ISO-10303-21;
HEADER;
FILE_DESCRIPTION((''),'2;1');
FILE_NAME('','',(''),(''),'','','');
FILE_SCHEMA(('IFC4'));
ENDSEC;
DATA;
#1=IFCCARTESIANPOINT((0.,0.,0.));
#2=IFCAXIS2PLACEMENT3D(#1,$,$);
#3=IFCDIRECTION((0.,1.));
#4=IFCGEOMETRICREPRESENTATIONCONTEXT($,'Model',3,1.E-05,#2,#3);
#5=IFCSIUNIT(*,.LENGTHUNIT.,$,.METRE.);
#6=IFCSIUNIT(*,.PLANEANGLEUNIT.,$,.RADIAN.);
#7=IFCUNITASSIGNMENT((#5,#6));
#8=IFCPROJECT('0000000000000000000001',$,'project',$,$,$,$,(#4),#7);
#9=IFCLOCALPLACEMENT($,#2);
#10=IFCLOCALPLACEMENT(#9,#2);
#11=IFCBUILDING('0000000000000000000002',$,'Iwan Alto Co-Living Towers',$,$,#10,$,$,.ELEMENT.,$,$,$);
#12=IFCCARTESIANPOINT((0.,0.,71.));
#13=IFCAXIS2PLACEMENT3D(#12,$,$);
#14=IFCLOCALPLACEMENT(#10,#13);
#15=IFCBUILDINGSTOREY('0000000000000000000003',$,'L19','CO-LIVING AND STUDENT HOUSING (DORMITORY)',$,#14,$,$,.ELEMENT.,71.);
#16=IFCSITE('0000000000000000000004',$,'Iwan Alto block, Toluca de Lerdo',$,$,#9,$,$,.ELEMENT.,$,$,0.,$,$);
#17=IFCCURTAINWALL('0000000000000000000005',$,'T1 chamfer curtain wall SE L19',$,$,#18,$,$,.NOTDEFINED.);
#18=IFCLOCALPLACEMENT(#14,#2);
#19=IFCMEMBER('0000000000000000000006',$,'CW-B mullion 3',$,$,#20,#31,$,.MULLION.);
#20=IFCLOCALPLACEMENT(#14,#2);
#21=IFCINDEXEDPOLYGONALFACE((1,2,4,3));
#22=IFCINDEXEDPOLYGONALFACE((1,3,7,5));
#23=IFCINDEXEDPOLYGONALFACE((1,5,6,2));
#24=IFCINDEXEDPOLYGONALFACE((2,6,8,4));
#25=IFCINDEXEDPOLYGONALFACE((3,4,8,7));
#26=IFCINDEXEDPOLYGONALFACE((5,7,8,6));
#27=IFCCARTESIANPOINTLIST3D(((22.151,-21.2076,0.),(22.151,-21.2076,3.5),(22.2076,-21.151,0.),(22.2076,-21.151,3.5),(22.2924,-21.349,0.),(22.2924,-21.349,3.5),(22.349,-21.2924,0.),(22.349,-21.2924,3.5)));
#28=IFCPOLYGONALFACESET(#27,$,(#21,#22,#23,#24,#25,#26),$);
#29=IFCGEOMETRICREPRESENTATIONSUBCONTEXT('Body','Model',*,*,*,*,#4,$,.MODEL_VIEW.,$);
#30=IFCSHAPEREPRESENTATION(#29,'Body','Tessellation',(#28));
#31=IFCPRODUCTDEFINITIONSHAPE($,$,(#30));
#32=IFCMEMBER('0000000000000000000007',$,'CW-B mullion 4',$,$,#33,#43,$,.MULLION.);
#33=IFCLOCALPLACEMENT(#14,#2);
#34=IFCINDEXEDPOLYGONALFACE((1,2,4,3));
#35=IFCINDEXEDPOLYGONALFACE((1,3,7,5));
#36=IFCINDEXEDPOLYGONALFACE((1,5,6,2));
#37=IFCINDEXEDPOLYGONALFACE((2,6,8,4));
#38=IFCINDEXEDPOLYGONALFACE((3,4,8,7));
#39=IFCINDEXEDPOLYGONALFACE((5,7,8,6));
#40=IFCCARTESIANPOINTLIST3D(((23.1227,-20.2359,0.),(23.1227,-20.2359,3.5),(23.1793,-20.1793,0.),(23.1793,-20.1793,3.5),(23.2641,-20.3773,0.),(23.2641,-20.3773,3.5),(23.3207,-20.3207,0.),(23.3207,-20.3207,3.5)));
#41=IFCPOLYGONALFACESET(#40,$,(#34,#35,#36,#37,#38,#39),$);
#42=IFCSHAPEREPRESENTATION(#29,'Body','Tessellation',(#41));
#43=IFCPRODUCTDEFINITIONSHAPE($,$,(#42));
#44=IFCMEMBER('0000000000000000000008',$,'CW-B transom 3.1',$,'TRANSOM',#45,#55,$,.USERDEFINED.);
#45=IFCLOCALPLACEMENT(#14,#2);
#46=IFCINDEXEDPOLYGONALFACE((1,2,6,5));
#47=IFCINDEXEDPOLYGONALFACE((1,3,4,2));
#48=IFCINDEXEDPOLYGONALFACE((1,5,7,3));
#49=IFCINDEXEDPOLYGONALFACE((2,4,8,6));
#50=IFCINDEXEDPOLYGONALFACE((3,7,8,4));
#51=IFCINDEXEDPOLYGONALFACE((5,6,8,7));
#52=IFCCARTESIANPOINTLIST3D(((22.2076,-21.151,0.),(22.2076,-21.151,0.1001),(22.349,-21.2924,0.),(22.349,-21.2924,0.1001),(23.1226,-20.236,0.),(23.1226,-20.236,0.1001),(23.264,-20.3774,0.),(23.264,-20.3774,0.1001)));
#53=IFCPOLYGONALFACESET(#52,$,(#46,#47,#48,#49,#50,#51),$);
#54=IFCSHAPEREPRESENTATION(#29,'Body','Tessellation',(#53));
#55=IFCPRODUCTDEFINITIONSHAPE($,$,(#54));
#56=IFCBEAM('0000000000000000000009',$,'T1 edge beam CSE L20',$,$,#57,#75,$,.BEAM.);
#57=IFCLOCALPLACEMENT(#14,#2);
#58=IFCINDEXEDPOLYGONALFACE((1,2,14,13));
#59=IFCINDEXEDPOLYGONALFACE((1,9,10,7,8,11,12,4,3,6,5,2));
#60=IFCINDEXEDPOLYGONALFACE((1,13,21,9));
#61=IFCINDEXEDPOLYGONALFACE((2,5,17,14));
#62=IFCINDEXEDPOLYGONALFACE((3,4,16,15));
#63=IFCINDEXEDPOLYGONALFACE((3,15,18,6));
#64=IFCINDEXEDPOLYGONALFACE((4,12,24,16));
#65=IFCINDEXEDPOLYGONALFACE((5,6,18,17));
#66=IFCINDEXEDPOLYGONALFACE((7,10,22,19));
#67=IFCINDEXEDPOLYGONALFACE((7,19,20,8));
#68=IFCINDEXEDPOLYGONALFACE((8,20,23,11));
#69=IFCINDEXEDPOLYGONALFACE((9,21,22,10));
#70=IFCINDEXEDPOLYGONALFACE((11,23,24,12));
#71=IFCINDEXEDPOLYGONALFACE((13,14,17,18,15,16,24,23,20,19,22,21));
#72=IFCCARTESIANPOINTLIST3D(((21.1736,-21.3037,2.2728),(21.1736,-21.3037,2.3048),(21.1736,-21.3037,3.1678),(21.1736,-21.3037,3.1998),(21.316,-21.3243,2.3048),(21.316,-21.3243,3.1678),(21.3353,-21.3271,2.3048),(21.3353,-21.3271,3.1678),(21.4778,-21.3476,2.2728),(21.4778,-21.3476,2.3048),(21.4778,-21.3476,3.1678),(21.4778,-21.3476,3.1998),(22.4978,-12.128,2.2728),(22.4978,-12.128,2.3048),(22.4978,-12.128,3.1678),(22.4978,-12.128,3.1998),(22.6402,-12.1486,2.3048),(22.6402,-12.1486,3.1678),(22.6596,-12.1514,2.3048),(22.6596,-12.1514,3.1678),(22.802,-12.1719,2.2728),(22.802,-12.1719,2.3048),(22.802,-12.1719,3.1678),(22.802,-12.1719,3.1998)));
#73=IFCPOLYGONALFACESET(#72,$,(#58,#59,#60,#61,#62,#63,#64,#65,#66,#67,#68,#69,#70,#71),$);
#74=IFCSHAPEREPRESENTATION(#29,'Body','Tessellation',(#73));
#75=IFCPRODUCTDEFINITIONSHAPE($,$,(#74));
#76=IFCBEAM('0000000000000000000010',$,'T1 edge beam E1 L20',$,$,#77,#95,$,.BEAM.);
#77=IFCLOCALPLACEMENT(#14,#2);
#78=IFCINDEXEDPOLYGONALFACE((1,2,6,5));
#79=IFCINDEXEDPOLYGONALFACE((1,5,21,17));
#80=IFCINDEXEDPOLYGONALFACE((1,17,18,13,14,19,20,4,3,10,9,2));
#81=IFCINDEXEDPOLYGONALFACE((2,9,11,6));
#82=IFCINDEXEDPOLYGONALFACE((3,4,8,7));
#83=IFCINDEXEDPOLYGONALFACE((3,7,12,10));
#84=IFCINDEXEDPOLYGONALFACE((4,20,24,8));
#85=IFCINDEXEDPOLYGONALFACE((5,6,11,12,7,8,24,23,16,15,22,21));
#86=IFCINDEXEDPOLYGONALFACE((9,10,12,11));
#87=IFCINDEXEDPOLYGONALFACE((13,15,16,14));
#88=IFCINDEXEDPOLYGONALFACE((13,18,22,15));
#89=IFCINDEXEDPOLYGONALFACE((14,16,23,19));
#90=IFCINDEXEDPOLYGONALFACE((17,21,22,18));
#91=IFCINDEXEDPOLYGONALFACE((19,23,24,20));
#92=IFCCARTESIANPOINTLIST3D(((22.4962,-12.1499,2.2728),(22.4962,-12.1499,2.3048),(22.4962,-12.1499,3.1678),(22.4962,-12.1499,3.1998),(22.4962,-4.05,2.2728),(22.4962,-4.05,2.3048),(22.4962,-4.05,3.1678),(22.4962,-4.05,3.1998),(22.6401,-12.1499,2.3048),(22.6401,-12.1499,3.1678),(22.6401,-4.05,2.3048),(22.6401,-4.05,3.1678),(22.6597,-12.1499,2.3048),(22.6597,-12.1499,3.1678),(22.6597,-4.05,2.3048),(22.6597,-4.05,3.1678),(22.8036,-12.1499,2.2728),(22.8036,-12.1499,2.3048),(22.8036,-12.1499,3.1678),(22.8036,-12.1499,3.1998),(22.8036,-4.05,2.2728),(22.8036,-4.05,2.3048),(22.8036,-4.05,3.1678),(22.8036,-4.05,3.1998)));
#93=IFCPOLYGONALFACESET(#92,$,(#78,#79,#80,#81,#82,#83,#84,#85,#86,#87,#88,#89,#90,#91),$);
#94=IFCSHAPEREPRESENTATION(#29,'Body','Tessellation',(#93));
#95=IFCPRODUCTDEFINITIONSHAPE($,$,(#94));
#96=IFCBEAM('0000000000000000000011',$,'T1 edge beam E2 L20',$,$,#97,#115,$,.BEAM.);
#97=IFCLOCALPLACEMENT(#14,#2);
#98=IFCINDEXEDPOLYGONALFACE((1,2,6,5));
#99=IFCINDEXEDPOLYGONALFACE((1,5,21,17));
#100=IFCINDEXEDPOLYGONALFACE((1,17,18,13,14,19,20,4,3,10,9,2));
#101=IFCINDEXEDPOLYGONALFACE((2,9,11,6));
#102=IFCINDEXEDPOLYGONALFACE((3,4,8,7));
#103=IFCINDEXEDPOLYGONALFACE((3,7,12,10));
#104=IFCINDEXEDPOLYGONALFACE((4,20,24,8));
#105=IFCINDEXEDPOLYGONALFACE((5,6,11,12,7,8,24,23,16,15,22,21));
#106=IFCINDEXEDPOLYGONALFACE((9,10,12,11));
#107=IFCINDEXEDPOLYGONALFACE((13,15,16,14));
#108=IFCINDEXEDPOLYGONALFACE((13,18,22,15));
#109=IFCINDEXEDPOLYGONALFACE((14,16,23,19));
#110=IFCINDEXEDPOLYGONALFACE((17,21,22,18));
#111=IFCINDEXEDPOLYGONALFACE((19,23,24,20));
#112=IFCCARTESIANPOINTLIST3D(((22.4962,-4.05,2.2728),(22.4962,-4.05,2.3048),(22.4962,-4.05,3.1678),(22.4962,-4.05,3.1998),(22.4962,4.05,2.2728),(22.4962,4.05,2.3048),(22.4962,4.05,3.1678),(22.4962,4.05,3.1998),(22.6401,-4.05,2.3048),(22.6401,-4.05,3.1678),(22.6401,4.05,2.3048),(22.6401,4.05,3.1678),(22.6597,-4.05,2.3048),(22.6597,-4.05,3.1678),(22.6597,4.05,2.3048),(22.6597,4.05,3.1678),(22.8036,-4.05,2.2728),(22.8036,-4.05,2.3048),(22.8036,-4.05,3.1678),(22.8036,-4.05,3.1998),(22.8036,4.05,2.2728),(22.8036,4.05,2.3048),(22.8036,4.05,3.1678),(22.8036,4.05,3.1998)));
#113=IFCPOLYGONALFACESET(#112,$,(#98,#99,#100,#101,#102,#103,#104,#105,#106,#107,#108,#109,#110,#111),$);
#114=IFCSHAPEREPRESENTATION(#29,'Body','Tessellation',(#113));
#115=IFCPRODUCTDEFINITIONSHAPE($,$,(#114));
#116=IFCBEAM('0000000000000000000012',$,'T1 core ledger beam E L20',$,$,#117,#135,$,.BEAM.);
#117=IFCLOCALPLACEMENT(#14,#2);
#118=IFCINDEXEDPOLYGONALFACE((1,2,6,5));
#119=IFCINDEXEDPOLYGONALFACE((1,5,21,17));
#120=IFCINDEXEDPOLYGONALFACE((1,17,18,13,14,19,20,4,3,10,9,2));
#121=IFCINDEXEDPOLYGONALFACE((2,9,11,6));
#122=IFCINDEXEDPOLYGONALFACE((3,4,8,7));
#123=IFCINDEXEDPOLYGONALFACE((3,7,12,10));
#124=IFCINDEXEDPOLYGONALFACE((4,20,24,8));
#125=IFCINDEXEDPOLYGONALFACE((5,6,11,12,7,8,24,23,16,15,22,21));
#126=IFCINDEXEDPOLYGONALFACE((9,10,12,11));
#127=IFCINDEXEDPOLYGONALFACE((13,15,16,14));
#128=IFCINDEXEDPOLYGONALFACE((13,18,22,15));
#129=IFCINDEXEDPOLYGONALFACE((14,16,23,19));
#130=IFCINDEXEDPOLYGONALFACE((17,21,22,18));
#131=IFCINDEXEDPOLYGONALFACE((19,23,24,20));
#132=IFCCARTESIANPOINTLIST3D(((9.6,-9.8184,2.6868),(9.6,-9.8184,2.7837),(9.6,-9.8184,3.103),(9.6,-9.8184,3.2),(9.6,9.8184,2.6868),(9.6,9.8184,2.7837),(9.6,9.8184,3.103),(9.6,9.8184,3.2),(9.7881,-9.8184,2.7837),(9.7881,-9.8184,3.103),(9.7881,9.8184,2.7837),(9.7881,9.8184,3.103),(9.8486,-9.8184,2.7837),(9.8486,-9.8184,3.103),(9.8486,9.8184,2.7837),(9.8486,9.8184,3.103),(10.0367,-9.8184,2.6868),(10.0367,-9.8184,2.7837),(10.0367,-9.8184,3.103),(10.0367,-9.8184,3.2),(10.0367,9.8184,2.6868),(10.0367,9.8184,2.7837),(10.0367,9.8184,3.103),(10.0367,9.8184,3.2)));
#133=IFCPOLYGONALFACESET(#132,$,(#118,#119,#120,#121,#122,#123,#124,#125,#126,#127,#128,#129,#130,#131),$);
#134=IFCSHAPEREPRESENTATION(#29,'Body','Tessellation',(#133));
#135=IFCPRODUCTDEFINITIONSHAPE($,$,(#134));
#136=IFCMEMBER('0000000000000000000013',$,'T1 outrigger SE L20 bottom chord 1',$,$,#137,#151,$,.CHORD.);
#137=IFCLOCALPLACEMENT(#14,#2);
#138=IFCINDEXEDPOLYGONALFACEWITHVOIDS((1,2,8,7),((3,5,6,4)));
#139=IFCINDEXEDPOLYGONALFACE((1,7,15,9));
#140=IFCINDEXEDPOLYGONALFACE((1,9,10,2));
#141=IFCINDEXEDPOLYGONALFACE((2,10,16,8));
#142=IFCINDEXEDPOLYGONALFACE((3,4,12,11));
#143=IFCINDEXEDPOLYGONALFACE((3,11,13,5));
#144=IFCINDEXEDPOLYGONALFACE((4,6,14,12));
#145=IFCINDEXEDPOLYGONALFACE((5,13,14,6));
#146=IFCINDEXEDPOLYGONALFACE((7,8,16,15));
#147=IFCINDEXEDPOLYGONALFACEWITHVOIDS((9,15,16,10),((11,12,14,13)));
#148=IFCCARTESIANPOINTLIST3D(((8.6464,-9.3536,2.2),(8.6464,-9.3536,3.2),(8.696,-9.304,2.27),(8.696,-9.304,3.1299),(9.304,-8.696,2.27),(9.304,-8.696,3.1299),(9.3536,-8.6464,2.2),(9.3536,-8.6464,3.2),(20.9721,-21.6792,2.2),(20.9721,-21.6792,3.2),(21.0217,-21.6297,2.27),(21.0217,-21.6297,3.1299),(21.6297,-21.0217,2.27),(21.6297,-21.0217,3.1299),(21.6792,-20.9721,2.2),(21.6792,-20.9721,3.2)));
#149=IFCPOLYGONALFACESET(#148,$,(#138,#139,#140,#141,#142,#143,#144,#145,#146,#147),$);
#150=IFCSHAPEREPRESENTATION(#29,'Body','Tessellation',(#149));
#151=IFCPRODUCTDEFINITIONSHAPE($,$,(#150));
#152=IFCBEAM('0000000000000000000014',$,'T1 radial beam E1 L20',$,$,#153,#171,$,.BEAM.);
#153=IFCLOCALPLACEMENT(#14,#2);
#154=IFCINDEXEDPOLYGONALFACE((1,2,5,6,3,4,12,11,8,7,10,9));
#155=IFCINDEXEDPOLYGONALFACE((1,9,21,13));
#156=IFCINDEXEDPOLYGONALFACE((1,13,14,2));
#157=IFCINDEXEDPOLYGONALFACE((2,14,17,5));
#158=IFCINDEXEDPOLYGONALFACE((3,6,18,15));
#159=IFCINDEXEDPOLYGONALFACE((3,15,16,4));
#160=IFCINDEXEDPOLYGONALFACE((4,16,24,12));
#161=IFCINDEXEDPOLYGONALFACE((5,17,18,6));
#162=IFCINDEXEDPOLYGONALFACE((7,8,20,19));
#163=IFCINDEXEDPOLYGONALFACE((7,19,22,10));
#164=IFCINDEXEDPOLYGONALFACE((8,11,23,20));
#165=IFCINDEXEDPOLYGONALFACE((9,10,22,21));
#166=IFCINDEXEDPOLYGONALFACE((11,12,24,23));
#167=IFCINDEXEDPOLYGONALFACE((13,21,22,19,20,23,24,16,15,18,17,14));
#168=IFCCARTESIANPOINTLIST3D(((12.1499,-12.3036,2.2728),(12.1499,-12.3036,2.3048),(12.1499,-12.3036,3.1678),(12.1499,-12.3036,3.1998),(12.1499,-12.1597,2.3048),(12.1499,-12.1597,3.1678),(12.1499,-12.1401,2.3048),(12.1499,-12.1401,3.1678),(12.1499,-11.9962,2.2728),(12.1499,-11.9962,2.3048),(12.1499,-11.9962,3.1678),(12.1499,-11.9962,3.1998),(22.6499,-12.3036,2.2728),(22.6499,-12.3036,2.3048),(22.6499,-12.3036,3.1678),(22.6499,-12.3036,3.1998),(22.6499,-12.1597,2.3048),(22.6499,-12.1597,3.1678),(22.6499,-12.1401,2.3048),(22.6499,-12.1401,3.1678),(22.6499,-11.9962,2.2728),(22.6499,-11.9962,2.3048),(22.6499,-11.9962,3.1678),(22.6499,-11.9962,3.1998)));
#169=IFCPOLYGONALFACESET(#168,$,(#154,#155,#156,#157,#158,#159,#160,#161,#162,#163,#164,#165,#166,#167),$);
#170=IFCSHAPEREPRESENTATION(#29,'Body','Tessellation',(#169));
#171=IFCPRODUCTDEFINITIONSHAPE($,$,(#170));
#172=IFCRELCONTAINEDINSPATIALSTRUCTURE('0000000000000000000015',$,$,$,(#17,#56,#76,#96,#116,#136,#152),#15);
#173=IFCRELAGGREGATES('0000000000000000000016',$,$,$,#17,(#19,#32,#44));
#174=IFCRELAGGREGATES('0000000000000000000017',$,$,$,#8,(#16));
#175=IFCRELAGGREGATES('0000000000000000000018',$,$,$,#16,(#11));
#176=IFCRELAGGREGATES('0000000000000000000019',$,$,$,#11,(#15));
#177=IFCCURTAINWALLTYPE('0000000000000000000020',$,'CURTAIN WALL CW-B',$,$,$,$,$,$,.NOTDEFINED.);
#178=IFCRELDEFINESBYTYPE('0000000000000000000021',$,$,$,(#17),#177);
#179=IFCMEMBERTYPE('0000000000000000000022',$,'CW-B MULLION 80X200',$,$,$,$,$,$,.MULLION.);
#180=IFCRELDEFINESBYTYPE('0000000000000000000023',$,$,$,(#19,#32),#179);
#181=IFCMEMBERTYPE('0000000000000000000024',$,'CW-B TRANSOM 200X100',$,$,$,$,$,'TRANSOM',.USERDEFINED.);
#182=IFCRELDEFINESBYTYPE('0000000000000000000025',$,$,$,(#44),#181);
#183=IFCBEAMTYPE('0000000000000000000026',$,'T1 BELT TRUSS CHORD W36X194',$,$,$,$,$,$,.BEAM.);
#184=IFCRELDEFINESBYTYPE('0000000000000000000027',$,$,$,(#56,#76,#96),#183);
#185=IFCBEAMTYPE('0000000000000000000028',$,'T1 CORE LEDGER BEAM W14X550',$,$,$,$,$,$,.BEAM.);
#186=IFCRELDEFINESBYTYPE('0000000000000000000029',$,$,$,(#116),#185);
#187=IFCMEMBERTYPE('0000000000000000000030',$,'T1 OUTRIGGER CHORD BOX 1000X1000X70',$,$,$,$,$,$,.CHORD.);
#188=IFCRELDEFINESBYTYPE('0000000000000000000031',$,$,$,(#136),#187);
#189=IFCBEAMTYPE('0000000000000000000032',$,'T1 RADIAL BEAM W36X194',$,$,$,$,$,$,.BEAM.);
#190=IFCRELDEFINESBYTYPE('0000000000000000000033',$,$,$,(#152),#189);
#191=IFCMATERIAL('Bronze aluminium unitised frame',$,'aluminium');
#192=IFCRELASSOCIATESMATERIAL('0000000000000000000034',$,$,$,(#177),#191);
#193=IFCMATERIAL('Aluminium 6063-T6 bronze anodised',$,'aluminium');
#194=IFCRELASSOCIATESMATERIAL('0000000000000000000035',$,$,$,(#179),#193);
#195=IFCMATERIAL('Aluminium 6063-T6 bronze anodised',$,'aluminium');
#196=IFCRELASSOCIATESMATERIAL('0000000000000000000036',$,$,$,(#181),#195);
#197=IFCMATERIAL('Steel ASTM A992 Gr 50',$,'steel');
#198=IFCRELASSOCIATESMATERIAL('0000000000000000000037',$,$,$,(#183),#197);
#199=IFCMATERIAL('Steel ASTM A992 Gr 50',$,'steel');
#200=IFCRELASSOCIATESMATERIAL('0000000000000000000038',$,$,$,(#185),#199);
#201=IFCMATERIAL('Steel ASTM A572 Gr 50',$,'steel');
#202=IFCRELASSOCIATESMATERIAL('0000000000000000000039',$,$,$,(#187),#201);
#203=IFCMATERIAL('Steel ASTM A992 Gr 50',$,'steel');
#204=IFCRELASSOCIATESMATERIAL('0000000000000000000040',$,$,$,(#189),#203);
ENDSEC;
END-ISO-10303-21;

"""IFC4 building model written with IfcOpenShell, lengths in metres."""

from ifc_helpers import new_model, si_unit, direction, frame, origin, origin_2d, place, context, subcontext, project, spatial, rectangle, hollow_rectangle, i_section, extrude, material, material_profile, profile_set, type_object, element, aggregate, save


model = new_model("IFC4")

# Units and contexts
model_context = context("Model", 3, precision=1e-05, world=origin(), true_north=direction((0.0, 1.0)))
body_context = subcontext(model_context, "Body", "Model", "MODEL_VIEW")
ifc_project = project(units=[si_unit("LENGTHUNIT", "METRE"), si_unit("PLANEANGLEUNIT", "RADIAN")], contexts=[model_context])

# Site, building, storey
site_placement = place(None, origin())
site = spatial("IfcSite", under=ifc_project, at=site_placement, Name="Iwan Alto block, Toluca de Lerdo", CompositionType="ELEMENT", RefElevation=0.0)
building_placement = place(site_placement, origin())
building = spatial("IfcBuilding", under=site, at=building_placement, Name="Iwan Alto Co-Living Towers", CompositionType="ELEMENT")
storey_placement = place(building_placement, frame((0.0, 0.0, 71.0)))
storey = spatial("IfcBuildingStorey", under=building, at=storey_placement, Name="L19", Description="CO-LIVING AND STUDENT HOUSING (DORMITORY)", CompositionType="ELEMENT", Elevation=71.0)

# Curtain wall, members
ifc_material_1 = material(Name="Bronze aluminium unitised frame", Category="aluminium")
curtain_wall_type = type_object("IfcCurtainWallType", Name="CURTAIN WALL CW-B", PredefinedType="NOTDEFINED", material=ifc_material_1)
curtain_wall_placement = place(storey_placement, origin())
curtain_wall = element("IfcCurtainWall", 1, at=curtain_wall_placement, inside=storey, type_object=curtain_wall_type, Name="T1 chamfer curtain wall SE L19", PredefinedType="NOTDEFINED")
ifc_material_2 = material(Name="Aluminium 6063-T6 bronze anodised", Category="aluminium")
ifc_material_profile_1 = material_profile(ifc_material_2, rectangle(XDim=0.2, YDim=0.0801, at=origin_2d()), Name="AL 80X200")
ifc_profile_set_1 = profile_set([ifc_material_profile_1], Name="Aluminium 6063-T6 bronze anodised")
member_type_1 = type_object("IfcMemberType", Name="CW-B MULLION 80X200", PredefinedType="MULLION", material=ifc_profile_set_1)
member_1_placement = place(storey_placement, frame((22.25, -21.25, 0.0), z_axis=(0.0, 0.0, 1.0), x_axis=(-0.707107, 0.707107, 0.0)))
member_1 = element("IfcMember", 2, at=member_1_placement, type_object=member_type_1, Name="CW-B mullion 3", PredefinedType="MULLION", context=body_context, shape_type="SweptSolid", body=[
    extrude(rectangle(XDim=0.2, YDim=0.0801, at=origin_2d()), origin(), (0.0, 0.0, 1.0), 3.5),
])
member_2_placement = place(storey_placement, frame((23.2217, -20.2783, 0.0), z_axis=(0.0, 0.0, 1.0), x_axis=(-0.707107, 0.707107, 0.0)))
member_2 = element("IfcMember", 3, at=member_2_placement, type_object=member_type_1, Name="CW-B mullion 4", PredefinedType="MULLION", context=body_context, shape_type="SweptSolid", body=[
    extrude(rectangle(XDim=0.2, YDim=0.0801, at=origin_2d()), origin(), (0.0, 0.0, 1.0), 3.5),
])
ifc_material_3 = material(Name="Aluminium 6063-T6 bronze anodised", Category="aluminium")
ifc_material_profile_2 = material_profile(ifc_material_3, rectangle(XDim=0.2, YDim=0.1001, at=origin_2d()), Name="AL 200X100")
ifc_profile_set_2 = profile_set([ifc_material_profile_2], Name="Aluminium 6063-T6 bronze anodised")
member_type_2 = type_object("IfcMemberType", Name="CW-B TRANSOM 200X100", ElementType="TRANSOM", PredefinedType="USERDEFINED", material=ifc_profile_set_2)
member_3_placement = place(storey_placement, frame((22.2783, -21.2217, 0.05), z_axis=(0.707107, 0.707107, 0.0), x_axis=(-0.707107, 0.707107, 0.0)))
member_3 = element("IfcMember", 4, at=member_3_placement, type_object=member_type_2, Name="CW-B transom 3.1", ObjectType="TRANSOM", PredefinedType="USERDEFINED", context=body_context, shape_type="SweptSolid", body=[
    extrude(rectangle(XDim=0.2, YDim=0.1001, at=origin_2d()), origin(), (0.0, 0.0, 1.0), 1.2939),
])

# Beams
ifc_material_4 = material(Name="Steel ASTM A992 Gr 50", Category="steel")
ifc_material_profile_3 = material_profile(ifc_material_4, i_section(OverallWidth=0.3074, OverallDepth=0.927, WebThickness=0.0195, FlangeThickness=0.032, at=origin_2d()), Name="W36X194")
ifc_profile_set_3 = profile_set([ifc_material_profile_3], Name="Steel ASTM A992 Gr 50")
beam_type_1 = type_object("IfcBeamType", Name="T1 BELT TRUSS CHORD W36X194", PredefinedType="BEAM", material=ifc_profile_set_3)
beam_1_placement = place(storey_placement, frame((21.3257, -21.3257, 2.7363), z_axis=(0.142837, 0.989746, 0.0), x_axis=(-0.989746, 0.142837, 0.0)))
element("IfcBeam", 5, at=beam_1_placement, inside=storey, type_object=beam_type_1, Name="T1 edge beam CSE L20", PredefinedType="BEAM", context=body_context, shape_type="SweptSolid", body=[
    extrude(i_section(OverallWidth=0.3074, OverallDepth=0.927, WebThickness=0.0195, FlangeThickness=0.032, at=origin_2d()), origin(), (0.0, 0.0, 1.0), 9.2708),
])
beam_2_placement = place(storey_placement, frame((22.6499, -12.1499, 2.7363), z_axis=(0.0, 1.0, 0.0), x_axis=(-1.0, 0.0, 0.0)))
element("IfcBeam", 6, at=beam_2_placement, inside=storey, type_object=beam_type_1, Name="T1 edge beam E1 L20", PredefinedType="BEAM", context=body_context, shape_type="SweptSolid", body=[
    extrude(i_section(OverallWidth=0.3074, OverallDepth=0.927, WebThickness=0.0195, FlangeThickness=0.032, at=origin_2d()), origin(), (0.0, 0.0, 1.0), 8.0999),
])
beam_3_placement = place(storey_placement, frame((22.6499, -4.05, 2.7363), z_axis=(0.0, 1.0, 0.0), x_axis=(-1.0, 0.0, 0.0)))
element("IfcBeam", 7, at=beam_3_placement, inside=storey, type_object=beam_type_1, Name="T1 edge beam E2 L20", PredefinedType="BEAM", context=body_context, shape_type="SweptSolid", body=[
    extrude(i_section(OverallWidth=0.3074, OverallDepth=0.927, WebThickness=0.0195, FlangeThickness=0.032, at=origin_2d()), origin(), (0.0, 0.0, 1.0), 8.1001),
])
ifc_material_5 = material(Name="Steel ASTM A992 Gr 50", Category="steel")
ifc_material_profile_4 = material_profile(ifc_material_5, i_section(OverallWidth=0.4368, OverallDepth=0.5132, WebThickness=0.0605, FlangeThickness=0.0969, at=origin_2d()), Name="W14X550")
ifc_profile_set_4 = profile_set([ifc_material_profile_4], Name="Steel ASTM A992 Gr 50")
beam_type_2 = type_object("IfcBeamType", Name="T1 CORE LEDGER BEAM W14X550", PredefinedType="BEAM", material=ifc_profile_set_4)
beam_4_placement = place(storey_placement, frame((9.8184, -9.8184, 2.9434), z_axis=(0.0, 1.0, 0.0), x_axis=(-1.0, 0.0, 0.0)))
element("IfcBeam", 8, at=beam_4_placement, inside=storey, type_object=beam_type_2, Name="T1 core ledger beam E L20", PredefinedType="BEAM", context=body_context, shape_type="SweptSolid", body=[
    extrude(i_section(OverallWidth=0.4368, OverallDepth=0.5132, WebThickness=0.0605, FlangeThickness=0.0969, at=origin_2d()), origin(), (0.0, 0.0, 1.0), 19.6367),
])

# Member
ifc_material_6 = material(Name="Steel ASTM A572 Gr 50", Category="steel")
ifc_material_profile_5 = material_profile(ifc_material_6, hollow_rectangle(XDim=1.0, YDim=1.0, WallThickness=0.0701, at=origin_2d()), Name="BOX 1000X1000X70")
ifc_profile_set_5 = profile_set([ifc_material_profile_5], Name="Steel ASTM A572 Gr 50")
member_type_3 = type_object("IfcMemberType", Name="T1 OUTRIGGER CHORD BOX 1000X1000X70", PredefinedType="CHORD", material=ifc_profile_set_5)
member_4_placement = place(storey_placement, frame((9.0, -9.0, 2.7), z_axis=(0.707107, -0.707107, 0.0), x_axis=(0.707107, 0.707107, 0.0)))
element("IfcMember", 9, at=member_4_placement, inside=storey, type_object=member_type_3, Name="T1 outrigger SE L20 bottom chord 1", PredefinedType="CHORD", context=body_context, shape_type="SweptSolid", body=[
    extrude(hollow_rectangle(XDim=1.0, YDim=1.0, WallThickness=0.0701, at=origin_2d()), origin(), (0.0, 0.0, 1.0), 17.4312),
])

# Beam
ifc_material_7 = material(Name="Steel ASTM A992 Gr 50", Category="steel")
ifc_material_profile_6 = material_profile(ifc_material_7, i_section(OverallWidth=0.3074, OverallDepth=0.927, WebThickness=0.0195, FlangeThickness=0.032, at=origin_2d()), Name="W36X194")
ifc_profile_set_6 = profile_set([ifc_material_profile_6], Name="Steel ASTM A992 Gr 50")
beam_type_3 = type_object("IfcBeamType", Name="T1 RADIAL BEAM W36X194", PredefinedType="BEAM", material=ifc_profile_set_6)
beam_5_placement = place(storey_placement, frame((22.6499, -12.1499, 2.7363), z_axis=(-1.0, 0.0, 0.0), x_axis=(0.0, -1.0, 0.0)))
element("IfcBeam", 10, at=beam_5_placement, inside=storey, type_object=beam_type_3, Name="T1 radial beam E1 L20", PredefinedType="BEAM", context=body_context, shape_type="SweptSolid", body=[
    extrude(i_section(OverallWidth=0.3074, OverallDepth=0.927, WebThickness=0.0195, FlangeThickness=0.032, at=origin_2d()), origin(), (0.0, 0.0, 1.0), 10.5),
])

aggregate(curtain_wall, [member_1, member_2, member_3])

save(model, "model.ifc")
